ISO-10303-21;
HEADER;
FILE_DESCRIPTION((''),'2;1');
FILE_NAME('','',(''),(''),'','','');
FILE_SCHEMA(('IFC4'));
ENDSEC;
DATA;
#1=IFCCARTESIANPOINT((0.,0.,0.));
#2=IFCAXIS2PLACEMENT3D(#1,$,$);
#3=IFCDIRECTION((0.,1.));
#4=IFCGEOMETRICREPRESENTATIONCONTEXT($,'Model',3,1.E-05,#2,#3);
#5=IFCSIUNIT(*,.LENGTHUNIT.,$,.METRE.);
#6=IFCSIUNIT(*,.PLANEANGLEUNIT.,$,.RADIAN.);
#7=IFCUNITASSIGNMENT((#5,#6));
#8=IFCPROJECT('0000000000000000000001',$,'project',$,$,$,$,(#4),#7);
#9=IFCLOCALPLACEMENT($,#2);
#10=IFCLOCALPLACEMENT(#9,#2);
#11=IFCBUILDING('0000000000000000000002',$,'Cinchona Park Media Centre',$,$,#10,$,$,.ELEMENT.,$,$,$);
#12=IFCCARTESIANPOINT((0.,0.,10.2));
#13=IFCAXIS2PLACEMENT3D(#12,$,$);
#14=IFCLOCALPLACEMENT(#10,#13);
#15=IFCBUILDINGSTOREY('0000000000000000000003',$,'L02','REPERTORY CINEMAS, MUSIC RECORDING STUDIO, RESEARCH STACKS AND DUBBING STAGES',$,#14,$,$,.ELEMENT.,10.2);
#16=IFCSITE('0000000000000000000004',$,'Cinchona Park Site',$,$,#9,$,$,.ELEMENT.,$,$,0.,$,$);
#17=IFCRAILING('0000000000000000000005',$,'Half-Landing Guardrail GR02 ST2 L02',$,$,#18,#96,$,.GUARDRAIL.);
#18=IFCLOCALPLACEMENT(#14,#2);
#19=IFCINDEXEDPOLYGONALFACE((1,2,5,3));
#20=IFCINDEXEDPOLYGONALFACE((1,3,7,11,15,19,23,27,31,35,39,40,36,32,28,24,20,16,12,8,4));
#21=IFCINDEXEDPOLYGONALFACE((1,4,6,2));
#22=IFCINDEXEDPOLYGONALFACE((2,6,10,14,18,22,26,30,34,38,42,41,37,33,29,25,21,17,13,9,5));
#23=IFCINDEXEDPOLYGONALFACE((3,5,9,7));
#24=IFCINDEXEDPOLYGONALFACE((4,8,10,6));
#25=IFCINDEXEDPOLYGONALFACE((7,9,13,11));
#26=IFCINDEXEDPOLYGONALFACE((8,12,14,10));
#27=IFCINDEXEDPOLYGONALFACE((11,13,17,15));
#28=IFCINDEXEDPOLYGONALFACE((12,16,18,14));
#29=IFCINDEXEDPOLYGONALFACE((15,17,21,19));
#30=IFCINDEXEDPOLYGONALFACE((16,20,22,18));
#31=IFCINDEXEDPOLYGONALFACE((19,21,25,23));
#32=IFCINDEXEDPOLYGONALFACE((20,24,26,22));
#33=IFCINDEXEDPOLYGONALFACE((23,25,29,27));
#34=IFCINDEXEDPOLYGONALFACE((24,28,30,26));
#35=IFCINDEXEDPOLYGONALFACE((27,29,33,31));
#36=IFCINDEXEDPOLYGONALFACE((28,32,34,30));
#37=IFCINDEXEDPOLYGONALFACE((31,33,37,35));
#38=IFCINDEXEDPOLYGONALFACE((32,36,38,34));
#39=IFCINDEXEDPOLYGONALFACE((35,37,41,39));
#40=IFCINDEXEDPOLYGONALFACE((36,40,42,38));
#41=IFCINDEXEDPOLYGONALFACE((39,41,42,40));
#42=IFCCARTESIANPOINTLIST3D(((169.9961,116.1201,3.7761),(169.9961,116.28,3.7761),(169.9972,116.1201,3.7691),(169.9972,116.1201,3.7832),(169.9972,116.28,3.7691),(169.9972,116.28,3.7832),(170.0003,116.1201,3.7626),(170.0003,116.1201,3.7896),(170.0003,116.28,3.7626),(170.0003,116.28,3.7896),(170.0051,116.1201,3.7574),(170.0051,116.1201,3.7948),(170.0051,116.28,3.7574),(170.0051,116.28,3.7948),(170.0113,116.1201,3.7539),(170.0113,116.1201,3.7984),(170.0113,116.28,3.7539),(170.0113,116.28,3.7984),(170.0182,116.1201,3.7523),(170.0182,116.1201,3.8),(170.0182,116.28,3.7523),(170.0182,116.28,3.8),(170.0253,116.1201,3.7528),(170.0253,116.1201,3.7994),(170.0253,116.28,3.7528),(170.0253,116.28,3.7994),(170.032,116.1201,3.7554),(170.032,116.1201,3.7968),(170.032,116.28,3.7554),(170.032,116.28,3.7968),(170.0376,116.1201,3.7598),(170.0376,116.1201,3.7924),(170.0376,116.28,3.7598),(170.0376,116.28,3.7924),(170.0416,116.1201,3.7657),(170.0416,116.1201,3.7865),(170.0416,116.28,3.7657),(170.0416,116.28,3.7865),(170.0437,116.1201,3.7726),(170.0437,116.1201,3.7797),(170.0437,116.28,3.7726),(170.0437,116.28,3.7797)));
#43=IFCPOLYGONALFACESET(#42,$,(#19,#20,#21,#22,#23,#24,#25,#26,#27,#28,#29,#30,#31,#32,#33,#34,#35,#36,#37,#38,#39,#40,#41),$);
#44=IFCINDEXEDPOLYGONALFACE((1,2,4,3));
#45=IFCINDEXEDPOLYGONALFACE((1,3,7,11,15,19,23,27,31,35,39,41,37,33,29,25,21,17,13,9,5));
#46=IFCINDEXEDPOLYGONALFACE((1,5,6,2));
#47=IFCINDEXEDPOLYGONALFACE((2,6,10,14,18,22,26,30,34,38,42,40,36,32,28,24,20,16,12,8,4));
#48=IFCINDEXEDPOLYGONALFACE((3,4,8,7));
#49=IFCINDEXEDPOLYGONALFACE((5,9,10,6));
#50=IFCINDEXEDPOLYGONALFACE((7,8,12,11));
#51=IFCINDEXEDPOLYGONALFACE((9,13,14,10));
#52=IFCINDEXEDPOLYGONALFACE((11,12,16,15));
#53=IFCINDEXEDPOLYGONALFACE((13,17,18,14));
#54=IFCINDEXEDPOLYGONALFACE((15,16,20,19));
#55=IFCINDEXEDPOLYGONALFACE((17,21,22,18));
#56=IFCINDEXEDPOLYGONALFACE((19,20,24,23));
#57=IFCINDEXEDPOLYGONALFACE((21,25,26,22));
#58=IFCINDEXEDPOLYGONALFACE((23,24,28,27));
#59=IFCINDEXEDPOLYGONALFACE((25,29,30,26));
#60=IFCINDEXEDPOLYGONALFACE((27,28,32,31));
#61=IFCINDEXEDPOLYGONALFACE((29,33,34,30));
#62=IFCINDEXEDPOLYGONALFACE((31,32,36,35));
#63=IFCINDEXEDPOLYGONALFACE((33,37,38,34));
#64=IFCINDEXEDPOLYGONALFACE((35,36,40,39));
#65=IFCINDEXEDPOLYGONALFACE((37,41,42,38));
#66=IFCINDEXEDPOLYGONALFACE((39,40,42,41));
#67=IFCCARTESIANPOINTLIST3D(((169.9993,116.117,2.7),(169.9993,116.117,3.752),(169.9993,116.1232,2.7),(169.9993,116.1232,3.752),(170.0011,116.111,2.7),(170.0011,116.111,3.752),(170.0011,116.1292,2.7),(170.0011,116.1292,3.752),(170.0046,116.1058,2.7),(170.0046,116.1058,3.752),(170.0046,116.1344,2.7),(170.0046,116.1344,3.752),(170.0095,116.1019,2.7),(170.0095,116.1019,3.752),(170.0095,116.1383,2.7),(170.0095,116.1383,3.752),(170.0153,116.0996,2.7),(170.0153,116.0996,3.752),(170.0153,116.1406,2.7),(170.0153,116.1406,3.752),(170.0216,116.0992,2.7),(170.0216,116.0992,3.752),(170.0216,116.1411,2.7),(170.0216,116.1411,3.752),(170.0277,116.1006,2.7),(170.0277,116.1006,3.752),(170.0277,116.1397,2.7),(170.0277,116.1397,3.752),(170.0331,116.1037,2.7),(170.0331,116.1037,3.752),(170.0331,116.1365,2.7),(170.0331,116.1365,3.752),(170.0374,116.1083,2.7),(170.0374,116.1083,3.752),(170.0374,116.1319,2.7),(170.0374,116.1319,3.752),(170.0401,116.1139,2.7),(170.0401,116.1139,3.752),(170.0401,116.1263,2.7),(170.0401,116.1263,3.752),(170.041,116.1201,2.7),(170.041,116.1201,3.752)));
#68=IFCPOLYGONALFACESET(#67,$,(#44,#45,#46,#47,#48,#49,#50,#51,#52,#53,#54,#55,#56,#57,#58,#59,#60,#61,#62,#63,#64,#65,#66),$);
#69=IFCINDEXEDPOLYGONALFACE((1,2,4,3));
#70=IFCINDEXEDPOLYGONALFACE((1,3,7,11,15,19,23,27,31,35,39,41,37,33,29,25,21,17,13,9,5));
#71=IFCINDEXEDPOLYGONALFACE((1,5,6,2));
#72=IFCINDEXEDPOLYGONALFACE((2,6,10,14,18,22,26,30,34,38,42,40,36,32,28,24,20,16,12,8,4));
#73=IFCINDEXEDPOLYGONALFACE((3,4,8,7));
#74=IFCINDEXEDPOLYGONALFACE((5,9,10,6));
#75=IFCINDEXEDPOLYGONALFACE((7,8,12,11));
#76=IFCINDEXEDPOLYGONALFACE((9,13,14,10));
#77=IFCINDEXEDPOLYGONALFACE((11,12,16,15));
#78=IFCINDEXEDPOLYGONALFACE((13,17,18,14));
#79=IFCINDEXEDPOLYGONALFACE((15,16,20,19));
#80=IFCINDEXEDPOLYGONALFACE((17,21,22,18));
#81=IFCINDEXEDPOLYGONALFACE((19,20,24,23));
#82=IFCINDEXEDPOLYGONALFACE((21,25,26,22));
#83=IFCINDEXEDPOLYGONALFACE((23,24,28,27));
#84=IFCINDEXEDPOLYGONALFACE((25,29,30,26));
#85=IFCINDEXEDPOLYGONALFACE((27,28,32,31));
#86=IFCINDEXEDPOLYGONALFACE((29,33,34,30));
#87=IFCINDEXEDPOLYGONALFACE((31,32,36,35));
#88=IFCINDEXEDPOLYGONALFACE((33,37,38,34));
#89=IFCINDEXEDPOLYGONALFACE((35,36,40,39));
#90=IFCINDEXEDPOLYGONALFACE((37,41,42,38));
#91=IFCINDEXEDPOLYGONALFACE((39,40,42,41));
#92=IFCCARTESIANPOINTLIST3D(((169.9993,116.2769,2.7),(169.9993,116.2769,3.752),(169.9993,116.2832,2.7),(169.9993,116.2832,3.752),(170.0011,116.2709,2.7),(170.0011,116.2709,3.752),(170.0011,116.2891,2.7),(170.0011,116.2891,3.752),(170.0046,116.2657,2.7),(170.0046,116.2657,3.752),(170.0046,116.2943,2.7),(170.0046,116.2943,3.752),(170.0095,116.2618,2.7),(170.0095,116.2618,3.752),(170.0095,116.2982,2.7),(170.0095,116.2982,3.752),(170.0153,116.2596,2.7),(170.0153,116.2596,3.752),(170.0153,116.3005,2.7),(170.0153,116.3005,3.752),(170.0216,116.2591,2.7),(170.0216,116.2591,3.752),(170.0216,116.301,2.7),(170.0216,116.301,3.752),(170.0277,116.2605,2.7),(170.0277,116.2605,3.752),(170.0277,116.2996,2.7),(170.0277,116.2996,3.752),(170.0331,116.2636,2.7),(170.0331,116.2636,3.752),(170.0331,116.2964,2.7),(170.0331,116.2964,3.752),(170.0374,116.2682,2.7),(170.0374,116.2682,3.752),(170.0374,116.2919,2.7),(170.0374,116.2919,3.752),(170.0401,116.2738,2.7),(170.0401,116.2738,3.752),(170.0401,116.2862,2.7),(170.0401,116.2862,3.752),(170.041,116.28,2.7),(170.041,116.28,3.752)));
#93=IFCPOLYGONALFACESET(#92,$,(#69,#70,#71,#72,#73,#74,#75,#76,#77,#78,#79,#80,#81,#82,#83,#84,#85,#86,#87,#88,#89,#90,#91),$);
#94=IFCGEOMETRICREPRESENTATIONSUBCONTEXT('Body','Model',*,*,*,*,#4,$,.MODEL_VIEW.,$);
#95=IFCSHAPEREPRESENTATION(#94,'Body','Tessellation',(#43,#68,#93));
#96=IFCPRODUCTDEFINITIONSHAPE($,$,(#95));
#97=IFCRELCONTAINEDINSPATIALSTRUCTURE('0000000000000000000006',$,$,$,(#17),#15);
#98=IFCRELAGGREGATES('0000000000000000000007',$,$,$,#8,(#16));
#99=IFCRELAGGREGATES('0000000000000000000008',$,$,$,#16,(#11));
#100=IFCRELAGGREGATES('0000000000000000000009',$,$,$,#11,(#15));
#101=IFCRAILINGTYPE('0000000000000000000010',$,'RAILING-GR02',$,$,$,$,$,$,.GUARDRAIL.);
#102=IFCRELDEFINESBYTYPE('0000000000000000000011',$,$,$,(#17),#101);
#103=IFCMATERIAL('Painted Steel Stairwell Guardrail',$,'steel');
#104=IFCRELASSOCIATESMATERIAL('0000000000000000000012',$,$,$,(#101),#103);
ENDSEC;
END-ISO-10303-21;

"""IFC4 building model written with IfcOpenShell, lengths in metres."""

from ifc_helpers import new_model, si_unit, direction, frame, origin, origin_2d, place, context, subcontext, project, spatial, circle, extrude, material, type_object, element, save


model = new_model("IFC4")

# Units and contexts
model_context = context("Model", 3, precision=1e-05, world=origin(), true_north=direction((0.0, 1.0)))
body_context = subcontext(model_context, "Body", "Model", "MODEL_VIEW")
ifc_project = project(units=[si_unit("LENGTHUNIT", "METRE"), si_unit("PLANEANGLEUNIT", "RADIAN")], contexts=[model_context])

# Site, building, storey
site_placement = place(None, origin())
site = spatial("IfcSite", under=ifc_project, at=site_placement, Name="Cinchona Park Site", CompositionType="ELEMENT", RefElevation=0.0)
building_placement = place(site_placement, origin())
building = spatial("IfcBuilding", under=site, at=building_placement, Name="Cinchona Park Media Centre", CompositionType="ELEMENT")
storey_placement = place(building_placement, frame((0.0, 0.0, 10.2)))
storey = spatial("IfcBuildingStorey", under=building, at=storey_placement, Name="L02", Description="REPERTORY CINEMAS, MUSIC RECORDING STUDIO, RESEARCH STACKS AND DUBBING STAGES", CompositionType="ELEMENT", Elevation=10.2)

# Railing
ifc_material_1 = material(Name="Painted Steel Stairwell Guardrail", Category="steel")
railing_type_1 = type_object("IfcRailingType", Name="RAILING-GR02", PredefinedType="GUARDRAIL", material=ifc_material_1)
for number, where, name in (
    (1, (170.02, 116.1201, 2.7), "Half-Landing Guardrail GR02 ST2 L02"),
):
    element("IfcRailing", number, at=place(storey_placement, frame(where)), inside=storey, type_object=railing_type_1, Name=name, PredefinedType="GUARDRAIL", context=body_context, shape_type="SweptSolid", body=[
        extrude(circle(Radius=0.0239, at=origin_2d()), frame((0.0, 0.0, 1.0762), z_axis=(0.0, 1.0, 0.0), x_axis=(-1.0, 0.0, 0.0)), (0.0, 0.0, 1.0), 0.1599),
        extrude(circle(Radius=0.021, at=origin_2d()), origin(), (0.0, 0.0, 1.0), 1.052),
        extrude(circle(Radius=0.021, at=origin_2d()), frame((0.0, 0.1599, 0.0)), (0.0, 0.0, 1.0), 1.052),
    ])

save(model, "model.ifc")
